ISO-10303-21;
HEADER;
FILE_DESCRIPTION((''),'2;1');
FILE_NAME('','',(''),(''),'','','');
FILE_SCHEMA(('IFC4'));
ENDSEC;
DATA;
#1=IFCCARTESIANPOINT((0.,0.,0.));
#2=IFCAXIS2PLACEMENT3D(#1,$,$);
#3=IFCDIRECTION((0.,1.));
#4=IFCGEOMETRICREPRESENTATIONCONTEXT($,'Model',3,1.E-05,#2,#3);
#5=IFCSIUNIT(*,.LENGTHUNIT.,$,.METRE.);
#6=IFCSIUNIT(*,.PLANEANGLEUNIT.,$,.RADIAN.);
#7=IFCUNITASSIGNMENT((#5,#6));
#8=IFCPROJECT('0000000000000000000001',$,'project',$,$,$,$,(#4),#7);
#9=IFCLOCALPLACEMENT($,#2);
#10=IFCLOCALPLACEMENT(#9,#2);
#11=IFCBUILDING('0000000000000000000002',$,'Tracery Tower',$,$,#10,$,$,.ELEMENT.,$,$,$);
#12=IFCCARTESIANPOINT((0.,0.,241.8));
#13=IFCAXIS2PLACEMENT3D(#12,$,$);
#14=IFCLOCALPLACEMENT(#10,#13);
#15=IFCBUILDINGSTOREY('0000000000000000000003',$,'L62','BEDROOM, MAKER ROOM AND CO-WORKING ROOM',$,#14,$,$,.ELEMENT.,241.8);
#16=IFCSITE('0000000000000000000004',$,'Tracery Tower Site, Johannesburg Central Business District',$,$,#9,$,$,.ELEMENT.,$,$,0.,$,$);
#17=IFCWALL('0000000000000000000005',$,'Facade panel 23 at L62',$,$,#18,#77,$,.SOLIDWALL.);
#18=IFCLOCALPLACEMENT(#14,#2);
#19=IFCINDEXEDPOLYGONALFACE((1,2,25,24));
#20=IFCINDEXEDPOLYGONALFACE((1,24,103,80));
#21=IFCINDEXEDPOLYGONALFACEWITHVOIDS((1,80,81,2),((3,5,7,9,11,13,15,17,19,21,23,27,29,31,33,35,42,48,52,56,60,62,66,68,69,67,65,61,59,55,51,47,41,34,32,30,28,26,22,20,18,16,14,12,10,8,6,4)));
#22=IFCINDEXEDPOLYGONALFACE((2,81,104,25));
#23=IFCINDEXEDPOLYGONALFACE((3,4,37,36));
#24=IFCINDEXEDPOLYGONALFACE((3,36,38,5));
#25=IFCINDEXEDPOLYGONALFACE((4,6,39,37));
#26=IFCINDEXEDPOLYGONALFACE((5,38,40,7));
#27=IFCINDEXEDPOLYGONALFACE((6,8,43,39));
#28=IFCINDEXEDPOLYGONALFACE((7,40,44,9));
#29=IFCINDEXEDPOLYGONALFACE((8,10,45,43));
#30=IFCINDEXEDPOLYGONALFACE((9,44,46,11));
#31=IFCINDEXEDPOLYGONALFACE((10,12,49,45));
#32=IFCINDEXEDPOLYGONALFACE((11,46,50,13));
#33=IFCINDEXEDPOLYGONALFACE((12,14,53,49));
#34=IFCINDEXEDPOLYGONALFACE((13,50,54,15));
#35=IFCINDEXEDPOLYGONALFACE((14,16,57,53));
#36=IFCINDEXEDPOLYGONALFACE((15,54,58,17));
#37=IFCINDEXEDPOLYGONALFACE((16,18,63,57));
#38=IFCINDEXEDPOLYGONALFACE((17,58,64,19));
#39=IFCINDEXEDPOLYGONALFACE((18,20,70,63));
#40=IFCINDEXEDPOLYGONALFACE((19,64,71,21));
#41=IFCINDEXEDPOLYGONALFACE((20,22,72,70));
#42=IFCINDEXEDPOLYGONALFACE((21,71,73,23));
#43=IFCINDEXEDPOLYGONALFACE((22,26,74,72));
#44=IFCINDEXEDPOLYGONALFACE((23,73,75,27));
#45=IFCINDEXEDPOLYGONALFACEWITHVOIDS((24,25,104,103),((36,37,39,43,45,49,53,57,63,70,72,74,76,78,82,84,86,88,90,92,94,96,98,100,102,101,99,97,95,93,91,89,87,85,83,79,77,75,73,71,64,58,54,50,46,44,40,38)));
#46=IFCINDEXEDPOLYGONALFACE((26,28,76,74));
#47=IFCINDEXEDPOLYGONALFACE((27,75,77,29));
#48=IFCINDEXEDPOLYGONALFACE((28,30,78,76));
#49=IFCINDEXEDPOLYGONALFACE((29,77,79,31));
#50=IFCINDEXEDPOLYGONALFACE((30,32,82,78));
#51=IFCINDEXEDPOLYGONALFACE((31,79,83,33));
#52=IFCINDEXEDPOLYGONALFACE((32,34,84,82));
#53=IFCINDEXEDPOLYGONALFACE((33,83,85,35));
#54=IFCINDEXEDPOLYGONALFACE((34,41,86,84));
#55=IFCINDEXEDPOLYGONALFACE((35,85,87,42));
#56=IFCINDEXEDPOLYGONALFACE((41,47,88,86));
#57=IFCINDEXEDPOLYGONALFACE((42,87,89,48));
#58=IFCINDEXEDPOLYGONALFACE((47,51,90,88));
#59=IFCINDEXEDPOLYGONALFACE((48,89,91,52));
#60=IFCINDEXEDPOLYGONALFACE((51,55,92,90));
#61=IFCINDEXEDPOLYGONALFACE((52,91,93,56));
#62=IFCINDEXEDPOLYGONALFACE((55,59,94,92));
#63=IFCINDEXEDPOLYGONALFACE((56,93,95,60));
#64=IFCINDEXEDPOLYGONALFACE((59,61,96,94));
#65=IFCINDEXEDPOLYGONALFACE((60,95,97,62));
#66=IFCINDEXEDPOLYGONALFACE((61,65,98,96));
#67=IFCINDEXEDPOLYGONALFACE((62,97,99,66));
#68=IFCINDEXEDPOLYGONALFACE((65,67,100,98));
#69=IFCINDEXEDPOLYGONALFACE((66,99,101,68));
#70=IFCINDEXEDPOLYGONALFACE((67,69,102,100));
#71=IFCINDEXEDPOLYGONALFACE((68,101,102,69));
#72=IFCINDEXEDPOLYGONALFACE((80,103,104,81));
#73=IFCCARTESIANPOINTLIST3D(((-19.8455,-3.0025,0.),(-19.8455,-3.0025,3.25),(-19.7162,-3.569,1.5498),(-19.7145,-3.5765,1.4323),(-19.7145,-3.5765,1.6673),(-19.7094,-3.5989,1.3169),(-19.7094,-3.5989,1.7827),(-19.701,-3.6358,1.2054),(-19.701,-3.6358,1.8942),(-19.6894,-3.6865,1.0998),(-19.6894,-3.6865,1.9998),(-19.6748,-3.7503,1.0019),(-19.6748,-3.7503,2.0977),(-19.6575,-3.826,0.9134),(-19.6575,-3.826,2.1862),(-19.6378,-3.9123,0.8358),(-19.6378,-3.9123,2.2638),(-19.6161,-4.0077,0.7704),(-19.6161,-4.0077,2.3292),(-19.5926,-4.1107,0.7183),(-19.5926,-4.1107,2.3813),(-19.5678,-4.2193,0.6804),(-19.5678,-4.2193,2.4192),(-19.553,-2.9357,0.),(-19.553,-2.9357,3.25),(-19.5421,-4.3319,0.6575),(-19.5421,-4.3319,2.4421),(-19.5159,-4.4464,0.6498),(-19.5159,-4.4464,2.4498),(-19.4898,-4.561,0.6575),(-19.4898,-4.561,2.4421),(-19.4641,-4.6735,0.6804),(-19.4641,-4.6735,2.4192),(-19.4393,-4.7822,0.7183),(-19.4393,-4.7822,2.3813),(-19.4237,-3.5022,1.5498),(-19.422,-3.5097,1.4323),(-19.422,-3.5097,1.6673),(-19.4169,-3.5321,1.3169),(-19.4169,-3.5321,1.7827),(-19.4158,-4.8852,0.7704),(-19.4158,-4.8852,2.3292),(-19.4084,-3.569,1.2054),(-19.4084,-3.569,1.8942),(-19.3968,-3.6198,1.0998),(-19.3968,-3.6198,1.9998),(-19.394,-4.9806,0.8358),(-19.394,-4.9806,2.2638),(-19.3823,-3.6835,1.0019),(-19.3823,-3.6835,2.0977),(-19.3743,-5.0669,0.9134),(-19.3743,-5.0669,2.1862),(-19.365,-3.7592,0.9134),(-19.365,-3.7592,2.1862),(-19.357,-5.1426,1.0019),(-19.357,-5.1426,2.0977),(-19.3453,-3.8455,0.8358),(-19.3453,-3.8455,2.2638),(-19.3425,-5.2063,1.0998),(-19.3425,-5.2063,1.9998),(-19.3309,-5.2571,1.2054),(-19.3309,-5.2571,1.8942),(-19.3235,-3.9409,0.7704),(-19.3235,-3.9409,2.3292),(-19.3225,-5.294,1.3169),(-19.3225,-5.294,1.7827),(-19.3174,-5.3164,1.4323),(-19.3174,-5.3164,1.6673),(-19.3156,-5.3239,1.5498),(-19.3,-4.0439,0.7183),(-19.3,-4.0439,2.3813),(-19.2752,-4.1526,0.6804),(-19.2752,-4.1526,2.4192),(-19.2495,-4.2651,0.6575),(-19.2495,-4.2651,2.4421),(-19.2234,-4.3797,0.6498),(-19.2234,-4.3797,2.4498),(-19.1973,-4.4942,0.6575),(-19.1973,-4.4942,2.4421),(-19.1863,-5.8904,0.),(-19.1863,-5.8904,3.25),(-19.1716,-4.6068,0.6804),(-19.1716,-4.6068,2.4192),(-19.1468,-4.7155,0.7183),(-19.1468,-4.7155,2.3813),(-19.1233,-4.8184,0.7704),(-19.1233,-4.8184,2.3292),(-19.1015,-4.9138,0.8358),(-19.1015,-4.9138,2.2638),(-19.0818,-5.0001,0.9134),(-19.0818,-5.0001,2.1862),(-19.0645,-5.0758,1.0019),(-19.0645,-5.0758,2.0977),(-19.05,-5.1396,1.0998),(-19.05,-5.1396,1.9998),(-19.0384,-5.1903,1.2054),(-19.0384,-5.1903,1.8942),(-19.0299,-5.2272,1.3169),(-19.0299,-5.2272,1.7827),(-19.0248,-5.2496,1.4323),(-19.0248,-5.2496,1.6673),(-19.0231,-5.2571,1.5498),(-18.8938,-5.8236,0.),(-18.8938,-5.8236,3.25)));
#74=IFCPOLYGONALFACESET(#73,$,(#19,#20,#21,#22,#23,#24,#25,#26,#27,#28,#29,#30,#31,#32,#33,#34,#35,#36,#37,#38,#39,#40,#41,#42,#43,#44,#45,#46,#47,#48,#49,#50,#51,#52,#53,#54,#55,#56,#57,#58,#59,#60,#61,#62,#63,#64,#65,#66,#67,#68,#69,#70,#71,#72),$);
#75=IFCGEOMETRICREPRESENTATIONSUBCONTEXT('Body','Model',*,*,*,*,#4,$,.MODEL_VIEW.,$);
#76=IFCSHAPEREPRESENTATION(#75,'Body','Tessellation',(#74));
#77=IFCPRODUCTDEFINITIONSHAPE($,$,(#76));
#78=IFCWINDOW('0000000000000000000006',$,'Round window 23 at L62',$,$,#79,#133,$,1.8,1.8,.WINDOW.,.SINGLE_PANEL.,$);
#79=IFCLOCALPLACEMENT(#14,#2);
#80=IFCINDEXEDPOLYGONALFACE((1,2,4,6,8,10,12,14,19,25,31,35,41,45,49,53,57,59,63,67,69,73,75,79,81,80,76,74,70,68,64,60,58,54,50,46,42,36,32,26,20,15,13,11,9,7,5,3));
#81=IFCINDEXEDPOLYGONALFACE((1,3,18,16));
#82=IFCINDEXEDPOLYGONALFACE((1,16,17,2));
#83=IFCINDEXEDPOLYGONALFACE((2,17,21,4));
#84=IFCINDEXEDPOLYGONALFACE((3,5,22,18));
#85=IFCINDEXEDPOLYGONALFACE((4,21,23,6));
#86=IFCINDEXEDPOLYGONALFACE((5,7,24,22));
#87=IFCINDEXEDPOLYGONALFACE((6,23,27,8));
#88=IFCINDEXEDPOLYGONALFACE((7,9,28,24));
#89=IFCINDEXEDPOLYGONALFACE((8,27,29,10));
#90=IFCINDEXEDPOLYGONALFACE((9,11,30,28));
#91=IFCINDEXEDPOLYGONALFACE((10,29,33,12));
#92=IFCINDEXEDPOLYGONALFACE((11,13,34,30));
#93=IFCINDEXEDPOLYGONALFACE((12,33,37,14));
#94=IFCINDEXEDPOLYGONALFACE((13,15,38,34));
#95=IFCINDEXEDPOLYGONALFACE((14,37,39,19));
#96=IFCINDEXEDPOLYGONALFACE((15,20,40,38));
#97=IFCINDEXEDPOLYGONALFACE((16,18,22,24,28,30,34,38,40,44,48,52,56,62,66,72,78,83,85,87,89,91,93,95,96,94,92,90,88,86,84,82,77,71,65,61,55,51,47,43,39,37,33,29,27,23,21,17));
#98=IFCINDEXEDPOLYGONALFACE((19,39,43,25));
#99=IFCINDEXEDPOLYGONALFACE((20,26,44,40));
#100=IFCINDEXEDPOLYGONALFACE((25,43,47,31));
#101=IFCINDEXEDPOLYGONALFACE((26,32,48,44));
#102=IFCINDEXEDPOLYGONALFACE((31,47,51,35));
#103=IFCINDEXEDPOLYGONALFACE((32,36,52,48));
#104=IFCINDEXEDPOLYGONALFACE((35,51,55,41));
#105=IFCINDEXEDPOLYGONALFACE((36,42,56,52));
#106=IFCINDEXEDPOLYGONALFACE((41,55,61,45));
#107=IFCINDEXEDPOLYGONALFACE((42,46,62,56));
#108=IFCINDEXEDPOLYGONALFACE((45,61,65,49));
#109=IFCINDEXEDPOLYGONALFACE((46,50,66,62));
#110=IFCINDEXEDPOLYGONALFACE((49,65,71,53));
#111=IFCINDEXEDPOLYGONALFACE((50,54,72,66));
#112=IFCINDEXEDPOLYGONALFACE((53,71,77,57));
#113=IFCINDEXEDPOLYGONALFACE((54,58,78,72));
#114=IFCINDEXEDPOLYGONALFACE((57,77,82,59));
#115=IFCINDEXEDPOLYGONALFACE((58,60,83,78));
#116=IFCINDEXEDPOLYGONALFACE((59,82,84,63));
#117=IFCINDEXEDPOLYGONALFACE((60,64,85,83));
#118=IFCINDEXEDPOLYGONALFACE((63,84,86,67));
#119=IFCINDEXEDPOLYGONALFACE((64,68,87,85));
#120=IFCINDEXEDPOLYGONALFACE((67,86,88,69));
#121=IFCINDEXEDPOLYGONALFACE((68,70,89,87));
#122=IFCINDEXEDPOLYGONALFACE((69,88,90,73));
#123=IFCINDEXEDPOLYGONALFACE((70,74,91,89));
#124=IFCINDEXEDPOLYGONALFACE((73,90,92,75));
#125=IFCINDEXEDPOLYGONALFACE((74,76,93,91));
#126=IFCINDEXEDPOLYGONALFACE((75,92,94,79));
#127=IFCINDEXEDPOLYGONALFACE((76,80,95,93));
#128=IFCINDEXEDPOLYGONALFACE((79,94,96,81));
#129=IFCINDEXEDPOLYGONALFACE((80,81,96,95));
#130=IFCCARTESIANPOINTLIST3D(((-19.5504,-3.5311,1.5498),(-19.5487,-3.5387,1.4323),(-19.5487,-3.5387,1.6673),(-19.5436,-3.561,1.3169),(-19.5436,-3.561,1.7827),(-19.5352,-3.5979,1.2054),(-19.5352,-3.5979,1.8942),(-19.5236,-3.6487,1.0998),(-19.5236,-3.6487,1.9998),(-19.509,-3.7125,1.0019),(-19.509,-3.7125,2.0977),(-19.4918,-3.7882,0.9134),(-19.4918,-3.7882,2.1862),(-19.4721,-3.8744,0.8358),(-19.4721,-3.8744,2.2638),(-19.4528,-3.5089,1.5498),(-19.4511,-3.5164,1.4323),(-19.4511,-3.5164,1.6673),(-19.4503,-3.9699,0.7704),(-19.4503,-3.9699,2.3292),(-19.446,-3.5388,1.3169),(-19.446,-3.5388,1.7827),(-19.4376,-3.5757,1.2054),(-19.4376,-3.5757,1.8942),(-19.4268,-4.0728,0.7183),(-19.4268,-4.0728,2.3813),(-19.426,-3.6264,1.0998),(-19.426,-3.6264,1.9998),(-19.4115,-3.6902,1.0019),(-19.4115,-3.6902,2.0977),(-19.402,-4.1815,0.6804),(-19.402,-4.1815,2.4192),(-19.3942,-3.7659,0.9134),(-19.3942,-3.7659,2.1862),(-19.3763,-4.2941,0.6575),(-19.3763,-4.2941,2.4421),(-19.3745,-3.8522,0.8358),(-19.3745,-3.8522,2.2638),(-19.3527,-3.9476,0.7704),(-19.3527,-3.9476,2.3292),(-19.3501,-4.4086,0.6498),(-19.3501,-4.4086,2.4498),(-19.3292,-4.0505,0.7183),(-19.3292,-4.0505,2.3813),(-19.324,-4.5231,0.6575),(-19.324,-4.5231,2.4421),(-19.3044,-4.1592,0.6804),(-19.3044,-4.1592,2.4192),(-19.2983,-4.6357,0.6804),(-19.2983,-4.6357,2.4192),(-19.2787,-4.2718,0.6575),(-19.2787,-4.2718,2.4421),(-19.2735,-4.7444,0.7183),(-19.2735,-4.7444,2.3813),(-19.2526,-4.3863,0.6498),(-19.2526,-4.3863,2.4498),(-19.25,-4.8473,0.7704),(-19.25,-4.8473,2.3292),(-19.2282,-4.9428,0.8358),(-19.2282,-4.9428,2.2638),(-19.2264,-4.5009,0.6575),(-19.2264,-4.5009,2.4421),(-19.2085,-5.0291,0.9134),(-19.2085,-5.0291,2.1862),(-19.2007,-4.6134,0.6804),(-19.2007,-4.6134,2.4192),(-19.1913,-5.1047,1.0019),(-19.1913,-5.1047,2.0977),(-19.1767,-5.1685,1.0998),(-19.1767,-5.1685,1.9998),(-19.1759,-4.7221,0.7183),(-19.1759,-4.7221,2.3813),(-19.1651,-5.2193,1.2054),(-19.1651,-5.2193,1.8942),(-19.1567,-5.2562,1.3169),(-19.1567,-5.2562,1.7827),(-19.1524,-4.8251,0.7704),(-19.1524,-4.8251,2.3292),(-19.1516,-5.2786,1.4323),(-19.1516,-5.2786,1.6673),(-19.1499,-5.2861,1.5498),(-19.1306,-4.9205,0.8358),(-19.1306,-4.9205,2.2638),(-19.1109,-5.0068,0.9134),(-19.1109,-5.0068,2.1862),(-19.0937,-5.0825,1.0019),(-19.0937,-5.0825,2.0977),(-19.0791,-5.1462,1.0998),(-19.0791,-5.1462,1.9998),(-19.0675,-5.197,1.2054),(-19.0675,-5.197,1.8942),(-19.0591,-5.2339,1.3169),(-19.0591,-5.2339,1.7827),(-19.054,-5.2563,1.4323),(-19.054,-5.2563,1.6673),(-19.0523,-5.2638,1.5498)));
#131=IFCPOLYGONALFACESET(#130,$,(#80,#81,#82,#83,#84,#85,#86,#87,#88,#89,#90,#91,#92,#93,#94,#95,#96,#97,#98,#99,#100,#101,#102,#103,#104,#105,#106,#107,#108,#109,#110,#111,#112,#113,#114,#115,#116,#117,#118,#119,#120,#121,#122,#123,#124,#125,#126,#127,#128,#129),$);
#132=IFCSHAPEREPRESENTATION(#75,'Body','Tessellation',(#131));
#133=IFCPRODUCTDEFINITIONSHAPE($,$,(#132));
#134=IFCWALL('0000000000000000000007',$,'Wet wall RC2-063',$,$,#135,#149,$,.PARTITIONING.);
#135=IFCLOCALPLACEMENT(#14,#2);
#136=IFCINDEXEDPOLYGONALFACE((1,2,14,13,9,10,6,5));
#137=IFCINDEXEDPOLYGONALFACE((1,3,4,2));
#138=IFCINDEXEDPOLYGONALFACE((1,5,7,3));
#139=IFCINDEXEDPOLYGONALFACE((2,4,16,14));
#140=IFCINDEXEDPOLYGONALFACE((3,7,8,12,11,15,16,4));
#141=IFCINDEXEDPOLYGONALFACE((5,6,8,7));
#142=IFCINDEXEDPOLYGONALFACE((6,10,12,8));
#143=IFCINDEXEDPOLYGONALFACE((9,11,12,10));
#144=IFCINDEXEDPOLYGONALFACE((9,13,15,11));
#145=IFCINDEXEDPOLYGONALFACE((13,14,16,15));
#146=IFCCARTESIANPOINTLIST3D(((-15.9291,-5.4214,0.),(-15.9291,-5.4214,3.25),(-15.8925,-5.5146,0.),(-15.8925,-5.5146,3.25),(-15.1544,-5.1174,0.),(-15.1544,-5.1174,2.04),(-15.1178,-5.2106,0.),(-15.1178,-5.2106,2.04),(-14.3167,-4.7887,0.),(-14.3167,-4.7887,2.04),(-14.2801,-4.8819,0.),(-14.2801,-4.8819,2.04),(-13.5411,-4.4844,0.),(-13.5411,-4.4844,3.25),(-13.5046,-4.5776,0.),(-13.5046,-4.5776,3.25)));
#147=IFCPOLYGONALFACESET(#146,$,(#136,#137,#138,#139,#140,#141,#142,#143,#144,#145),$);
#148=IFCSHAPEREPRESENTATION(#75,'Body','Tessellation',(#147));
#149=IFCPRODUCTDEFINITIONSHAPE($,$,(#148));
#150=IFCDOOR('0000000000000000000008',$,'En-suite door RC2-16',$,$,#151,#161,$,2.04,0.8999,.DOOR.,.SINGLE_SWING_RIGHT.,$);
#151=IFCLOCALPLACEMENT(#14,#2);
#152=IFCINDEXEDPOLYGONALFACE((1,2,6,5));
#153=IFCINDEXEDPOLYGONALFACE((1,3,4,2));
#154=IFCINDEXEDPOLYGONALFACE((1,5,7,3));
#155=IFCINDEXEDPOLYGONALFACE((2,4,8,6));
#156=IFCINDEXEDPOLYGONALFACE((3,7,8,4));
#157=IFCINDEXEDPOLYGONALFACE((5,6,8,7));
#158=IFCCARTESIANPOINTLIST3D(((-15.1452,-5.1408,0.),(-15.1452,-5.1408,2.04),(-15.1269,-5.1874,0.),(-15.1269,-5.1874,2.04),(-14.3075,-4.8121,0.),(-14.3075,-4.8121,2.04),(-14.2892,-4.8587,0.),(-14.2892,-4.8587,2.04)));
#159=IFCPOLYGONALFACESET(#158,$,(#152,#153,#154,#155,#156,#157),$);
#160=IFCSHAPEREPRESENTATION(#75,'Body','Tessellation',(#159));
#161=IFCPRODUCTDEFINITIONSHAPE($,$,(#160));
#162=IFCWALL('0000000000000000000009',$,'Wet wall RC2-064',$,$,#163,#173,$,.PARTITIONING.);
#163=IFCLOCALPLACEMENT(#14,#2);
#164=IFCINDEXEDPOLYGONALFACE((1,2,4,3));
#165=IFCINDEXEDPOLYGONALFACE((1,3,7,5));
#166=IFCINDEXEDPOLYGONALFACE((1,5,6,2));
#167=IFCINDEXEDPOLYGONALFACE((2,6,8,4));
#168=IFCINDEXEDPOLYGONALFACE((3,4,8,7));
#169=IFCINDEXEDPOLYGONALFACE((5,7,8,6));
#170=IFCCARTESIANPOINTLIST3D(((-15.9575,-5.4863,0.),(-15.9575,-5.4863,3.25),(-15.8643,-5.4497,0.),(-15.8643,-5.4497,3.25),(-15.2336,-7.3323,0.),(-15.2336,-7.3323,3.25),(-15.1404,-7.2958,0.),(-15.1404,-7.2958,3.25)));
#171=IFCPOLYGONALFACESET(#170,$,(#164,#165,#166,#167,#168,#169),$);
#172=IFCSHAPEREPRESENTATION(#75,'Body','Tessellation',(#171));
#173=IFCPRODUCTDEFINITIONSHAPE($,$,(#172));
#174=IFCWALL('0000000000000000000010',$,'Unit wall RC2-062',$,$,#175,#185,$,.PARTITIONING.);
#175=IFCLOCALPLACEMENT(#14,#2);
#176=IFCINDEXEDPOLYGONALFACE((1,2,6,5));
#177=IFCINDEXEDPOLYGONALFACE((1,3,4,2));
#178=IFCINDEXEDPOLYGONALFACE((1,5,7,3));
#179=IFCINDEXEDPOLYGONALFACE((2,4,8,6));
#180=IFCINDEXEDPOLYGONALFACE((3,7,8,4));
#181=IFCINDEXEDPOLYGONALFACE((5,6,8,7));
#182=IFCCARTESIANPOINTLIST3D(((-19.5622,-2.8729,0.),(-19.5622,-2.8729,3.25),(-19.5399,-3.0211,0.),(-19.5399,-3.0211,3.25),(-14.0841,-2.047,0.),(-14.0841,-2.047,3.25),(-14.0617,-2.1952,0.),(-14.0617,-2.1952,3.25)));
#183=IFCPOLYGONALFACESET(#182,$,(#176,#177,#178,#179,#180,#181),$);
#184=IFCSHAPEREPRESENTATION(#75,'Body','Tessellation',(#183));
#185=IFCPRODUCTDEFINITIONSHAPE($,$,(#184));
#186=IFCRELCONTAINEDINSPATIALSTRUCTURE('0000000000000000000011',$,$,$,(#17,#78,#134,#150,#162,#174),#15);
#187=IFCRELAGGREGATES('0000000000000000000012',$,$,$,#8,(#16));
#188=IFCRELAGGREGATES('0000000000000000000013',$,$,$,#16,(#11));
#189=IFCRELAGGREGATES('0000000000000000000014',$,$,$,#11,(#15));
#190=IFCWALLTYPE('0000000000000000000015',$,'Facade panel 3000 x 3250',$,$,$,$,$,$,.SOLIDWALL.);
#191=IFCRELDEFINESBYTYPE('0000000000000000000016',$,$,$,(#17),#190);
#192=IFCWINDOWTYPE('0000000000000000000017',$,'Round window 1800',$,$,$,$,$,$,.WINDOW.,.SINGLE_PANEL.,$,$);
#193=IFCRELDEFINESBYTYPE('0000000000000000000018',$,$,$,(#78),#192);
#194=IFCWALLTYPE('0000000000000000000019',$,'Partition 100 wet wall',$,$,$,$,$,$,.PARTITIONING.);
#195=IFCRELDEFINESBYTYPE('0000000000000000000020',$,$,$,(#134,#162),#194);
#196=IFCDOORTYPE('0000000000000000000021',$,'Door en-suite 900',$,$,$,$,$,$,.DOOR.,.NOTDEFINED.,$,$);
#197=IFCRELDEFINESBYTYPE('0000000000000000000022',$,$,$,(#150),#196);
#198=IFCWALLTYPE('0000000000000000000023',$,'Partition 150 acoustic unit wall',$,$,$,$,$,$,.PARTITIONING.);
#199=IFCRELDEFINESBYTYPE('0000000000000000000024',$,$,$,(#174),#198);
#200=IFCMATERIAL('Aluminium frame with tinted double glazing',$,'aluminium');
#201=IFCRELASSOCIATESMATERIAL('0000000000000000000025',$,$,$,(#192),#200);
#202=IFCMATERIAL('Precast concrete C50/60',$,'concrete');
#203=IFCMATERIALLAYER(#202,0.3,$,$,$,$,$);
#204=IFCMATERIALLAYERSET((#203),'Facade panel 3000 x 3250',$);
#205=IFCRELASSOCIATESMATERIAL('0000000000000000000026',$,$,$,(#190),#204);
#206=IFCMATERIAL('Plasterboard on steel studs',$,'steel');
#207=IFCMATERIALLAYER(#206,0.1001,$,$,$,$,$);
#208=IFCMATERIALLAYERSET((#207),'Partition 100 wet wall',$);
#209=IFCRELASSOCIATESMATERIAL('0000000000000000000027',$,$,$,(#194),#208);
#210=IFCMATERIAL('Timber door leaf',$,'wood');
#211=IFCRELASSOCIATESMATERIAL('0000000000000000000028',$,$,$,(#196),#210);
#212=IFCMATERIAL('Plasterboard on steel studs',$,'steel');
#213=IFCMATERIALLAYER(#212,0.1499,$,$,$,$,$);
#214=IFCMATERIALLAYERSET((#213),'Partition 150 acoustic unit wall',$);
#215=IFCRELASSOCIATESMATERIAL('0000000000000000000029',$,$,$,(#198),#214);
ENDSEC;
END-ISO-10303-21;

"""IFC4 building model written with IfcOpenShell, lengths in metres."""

from ifc_helpers import new_model, si_unit, direction, frame, frame_2d, origin, origin_2d, place, context, subcontext, project, spatial, rectangle, circle, extrude, material, layer, layer_set, type_object, element, fill, save


model = new_model("IFC4")

# Units and contexts
model_context = context("Model", 3, precision=1e-05, world=origin(), true_north=direction((0.0, 1.0)))
body_context = subcontext(model_context, "Body", "Model", "MODEL_VIEW")
ifc_project = project(units=[si_unit("LENGTHUNIT", "METRE"), si_unit("PLANEANGLEUNIT", "RADIAN")], contexts=[model_context])

# Site, building, storey
site_placement = place(None, origin())
site = spatial("IfcSite", under=ifc_project, at=site_placement, Name="Tracery Tower Site, Johannesburg Central Business District", CompositionType="ELEMENT", RefElevation=0.0)
building_placement = place(site_placement, origin())
building = spatial("IfcBuilding", under=site, at=building_placement, Name="Tracery Tower", CompositionType="ELEMENT")
storey_placement = place(building_placement, frame((0.0, 0.0, 241.8)))
storey = spatial("IfcBuildingStorey", under=building, at=storey_placement, Name="L62", Description="BEDROOM, MAKER ROOM AND CO-WORKING ROOM", CompositionType="ELEMENT", Elevation=241.8)

# Wall, opening, window
ifc_material_1 = material(Name="Aluminium frame with tinted double glazing", Category="aluminium")
window_type = type_object("IfcWindowType", Name="Round window 1800", PartitioningType="SINGLE_PANEL", PredefinedType="WINDOW", material=ifc_material_1)
ifc_material_2 = material(Name="Precast concrete C50/60", Category="concrete")
ifc_layer_1 = layer(ifc_material_2, 0.3)
ifc_layer_set_1 = layer_set([ifc_layer_1], Name="Facade panel 3000 x 3250")
wall_type_1 = type_object("IfcWallType", Name="Facade panel 3000 x 3250", PredefinedType="SOLIDWALL", material=ifc_layer_set_1)
wall_1_placement = place(storey_placement, frame((-19.6992, -2.9692, 0.0), z_axis=(0.0, 0.0, 1.0), x_axis=(0.222529, -0.974926, 0.0)))
wall_1 = element("IfcWall", 1, at=wall_1_placement, inside=storey, type_object=wall_type_1, Name="Facade panel 23 at L62", PredefinedType="SOLIDWALL", context=body_context, shape_type="SweptSolid", body=[
    extrude(rectangle(XDim=2.9622, YDim=0.3, at=frame_2d((1.481, 0.0))), origin(), (0.0, 0.0, 1.0), 3.25),
])
opening_1_placement = place(wall_1_placement, frame((1.481, 0.0, 1.5498)))
opening_1 = element("IfcOpeningElement", 2, at=opening_1_placement, cuts=wall_1, PredefinedType="OPENING", context=body_context, shape_type="SweptSolid", body=[
    extrude(circle(Radius=0.9, at=origin_2d()), frame((0.0, 0.1599, 0.0), z_axis=(0.0, -1.0, 0.0), x_axis=(1.0, 0.0, 0.0)), (0.0, 0.0, 1.0), 0.3201),
])
window_1_placement = place(opening_1_placement, origin())
window_1 = element("IfcWindow", 3, at=window_1_placement, inside=storey, type_object=window_type, Name="Round window 23 at L62", OverallHeight=1.8, OverallWidth=1.8, PartitioningType="SINGLE_PANEL", PredefinedType="WINDOW", context=body_context, shape_type="SweptSolid", body=[
    extrude(circle(Radius=0.9, at=origin_2d()), frame((0.0, 0.1201, 0.0), z_axis=(0.0, -1.0, 0.0), x_axis=(1.0, 0.0, 0.0)), (0.0, 0.0, 1.0), 0.1001),
])
fill(opening_1, window_1)

# Wall, opening, door
ifc_material_3 = material(Name="Plasterboard on steel studs", Category="steel")
ifc_layer_2 = layer(ifc_material_3, 0.1001)
ifc_layer_set_2 = layer_set([ifc_layer_2], Name="Partition 100 wet wall")
wall_type_2 = type_object("IfcWallType", Name="Partition 100 wet wall", PredefinedType="PARTITIONING", material=ifc_layer_set_2)
wall_2_placement = place(storey_placement, frame((-15.9109, -5.468, 0.0), z_axis=(0.0, 0.0, 1.0), x_axis=(0.930898, 0.365278, 0.0)))
wall_2 = element("IfcWall", 4, at=wall_2_placement, inside=storey, type_object=wall_type_2, Name="Wet wall RC2-063", PredefinedType="PARTITIONING", context=body_context, shape_type="SweptSolid", body=[
    extrude(rectangle(XDim=2.5652, YDim=0.1001, at=frame_2d((1.2827, 0.0))), origin(), (0.0, 0.0, 1.0), 3.25),
])
opening_2_placement = place(wall_2_placement, frame((0.8323, 0.0, 0.0)))
opening_2 = element("IfcOpeningElement", 5, at=opening_2_placement, cuts=wall_2, PredefinedType="OPENING", context=body_context, shape_type="SweptSolid", body=[
    extrude(rectangle(XDim=0.8999, YDim=2.04, at=frame_2d((0.45, 1.02))), frame((0.0, 0.05, 0.0), z_axis=(0.0, -1.0, 0.0), x_axis=(1.0, 0.0, 0.0)), (0.0, 0.0, 1.0), 0.1001),
])
ifc_material_4 = material(Name="Timber door leaf", Category="wood")
door_type = type_object("IfcDoorType", Name="Door en-suite 900", OperationType="NOTDEFINED", PredefinedType="DOOR", material=ifc_material_4)
door_placement = place(opening_2_placement, origin())
door = element("IfcDoor", 6, at=door_placement, inside=storey, type_object=door_type, Name="En-suite door RC2-16", OperationType="SINGLE_SWING_RIGHT", OverallHeight=2.04, OverallWidth=0.8999, PredefinedType="DOOR", context=body_context, shape_type="SweptSolid", body=[
    extrude(rectangle(XDim=0.8999, YDim=2.04, at=frame_2d((0.45, 1.02))), frame((0.0, 0.0249, 0.0), z_axis=(0.0, -1.0, 0.0), x_axis=(1.0, 0.0, 0.0)), (0.0, 0.0, 1.0), 0.05),
])
fill(opening_2, door)

# Walls
wall_3_placement = place(storey_placement, frame((-15.9109, -5.468, 0.0), z_axis=(0.0, 0.0, 1.0), x_axis=(0.365077, -0.930977, 0.0)))
element("IfcWall", 7, at=wall_3_placement, inside=storey, type_object=wall_type_2, Name="Wet wall RC2-064", PredefinedType="PARTITIONING", context=body_context, shape_type="SweptSolid", body=[
    extrude(rectangle(XDim=1.9829, YDim=0.1001, at=frame_2d((0.9915, 0.0))), origin(), (0.0, 0.0, 1.0), 3.25),
])
ifc_material_5 = material(Name="Plasterboard on steel studs", Category="steel")
ifc_layer_3 = layer(ifc_material_5, 0.1499)
ifc_layer_set_3 = layer_set([ifc_layer_3], Name="Partition 150 acoustic unit wall")
wall_type_3 = type_object("IfcWallType", Name="Partition 150 acoustic unit wall", PredefinedType="PARTITIONING", material=ifc_layer_set_3)
wall_4_placement = place(storey_placement, frame((-19.551, -2.947, 0.0), z_axis=(0.0, 0.0, 1.0), x_axis=(0.988824, 0.149086, 0.0)))
element("IfcWall", 8, at=wall_4_placement, inside=storey, type_object=wall_type_3, Name="Unit wall RC2-062", PredefinedType="PARTITIONING", context=body_context, shape_type="SweptSolid", body=[
    extrude(rectangle(XDim=5.54, YDim=0.1499, at=frame_2d((2.77, 0.0))), origin(), (0.0, 0.0, 1.0), 3.25),
])

save(model, "model.ifc")
